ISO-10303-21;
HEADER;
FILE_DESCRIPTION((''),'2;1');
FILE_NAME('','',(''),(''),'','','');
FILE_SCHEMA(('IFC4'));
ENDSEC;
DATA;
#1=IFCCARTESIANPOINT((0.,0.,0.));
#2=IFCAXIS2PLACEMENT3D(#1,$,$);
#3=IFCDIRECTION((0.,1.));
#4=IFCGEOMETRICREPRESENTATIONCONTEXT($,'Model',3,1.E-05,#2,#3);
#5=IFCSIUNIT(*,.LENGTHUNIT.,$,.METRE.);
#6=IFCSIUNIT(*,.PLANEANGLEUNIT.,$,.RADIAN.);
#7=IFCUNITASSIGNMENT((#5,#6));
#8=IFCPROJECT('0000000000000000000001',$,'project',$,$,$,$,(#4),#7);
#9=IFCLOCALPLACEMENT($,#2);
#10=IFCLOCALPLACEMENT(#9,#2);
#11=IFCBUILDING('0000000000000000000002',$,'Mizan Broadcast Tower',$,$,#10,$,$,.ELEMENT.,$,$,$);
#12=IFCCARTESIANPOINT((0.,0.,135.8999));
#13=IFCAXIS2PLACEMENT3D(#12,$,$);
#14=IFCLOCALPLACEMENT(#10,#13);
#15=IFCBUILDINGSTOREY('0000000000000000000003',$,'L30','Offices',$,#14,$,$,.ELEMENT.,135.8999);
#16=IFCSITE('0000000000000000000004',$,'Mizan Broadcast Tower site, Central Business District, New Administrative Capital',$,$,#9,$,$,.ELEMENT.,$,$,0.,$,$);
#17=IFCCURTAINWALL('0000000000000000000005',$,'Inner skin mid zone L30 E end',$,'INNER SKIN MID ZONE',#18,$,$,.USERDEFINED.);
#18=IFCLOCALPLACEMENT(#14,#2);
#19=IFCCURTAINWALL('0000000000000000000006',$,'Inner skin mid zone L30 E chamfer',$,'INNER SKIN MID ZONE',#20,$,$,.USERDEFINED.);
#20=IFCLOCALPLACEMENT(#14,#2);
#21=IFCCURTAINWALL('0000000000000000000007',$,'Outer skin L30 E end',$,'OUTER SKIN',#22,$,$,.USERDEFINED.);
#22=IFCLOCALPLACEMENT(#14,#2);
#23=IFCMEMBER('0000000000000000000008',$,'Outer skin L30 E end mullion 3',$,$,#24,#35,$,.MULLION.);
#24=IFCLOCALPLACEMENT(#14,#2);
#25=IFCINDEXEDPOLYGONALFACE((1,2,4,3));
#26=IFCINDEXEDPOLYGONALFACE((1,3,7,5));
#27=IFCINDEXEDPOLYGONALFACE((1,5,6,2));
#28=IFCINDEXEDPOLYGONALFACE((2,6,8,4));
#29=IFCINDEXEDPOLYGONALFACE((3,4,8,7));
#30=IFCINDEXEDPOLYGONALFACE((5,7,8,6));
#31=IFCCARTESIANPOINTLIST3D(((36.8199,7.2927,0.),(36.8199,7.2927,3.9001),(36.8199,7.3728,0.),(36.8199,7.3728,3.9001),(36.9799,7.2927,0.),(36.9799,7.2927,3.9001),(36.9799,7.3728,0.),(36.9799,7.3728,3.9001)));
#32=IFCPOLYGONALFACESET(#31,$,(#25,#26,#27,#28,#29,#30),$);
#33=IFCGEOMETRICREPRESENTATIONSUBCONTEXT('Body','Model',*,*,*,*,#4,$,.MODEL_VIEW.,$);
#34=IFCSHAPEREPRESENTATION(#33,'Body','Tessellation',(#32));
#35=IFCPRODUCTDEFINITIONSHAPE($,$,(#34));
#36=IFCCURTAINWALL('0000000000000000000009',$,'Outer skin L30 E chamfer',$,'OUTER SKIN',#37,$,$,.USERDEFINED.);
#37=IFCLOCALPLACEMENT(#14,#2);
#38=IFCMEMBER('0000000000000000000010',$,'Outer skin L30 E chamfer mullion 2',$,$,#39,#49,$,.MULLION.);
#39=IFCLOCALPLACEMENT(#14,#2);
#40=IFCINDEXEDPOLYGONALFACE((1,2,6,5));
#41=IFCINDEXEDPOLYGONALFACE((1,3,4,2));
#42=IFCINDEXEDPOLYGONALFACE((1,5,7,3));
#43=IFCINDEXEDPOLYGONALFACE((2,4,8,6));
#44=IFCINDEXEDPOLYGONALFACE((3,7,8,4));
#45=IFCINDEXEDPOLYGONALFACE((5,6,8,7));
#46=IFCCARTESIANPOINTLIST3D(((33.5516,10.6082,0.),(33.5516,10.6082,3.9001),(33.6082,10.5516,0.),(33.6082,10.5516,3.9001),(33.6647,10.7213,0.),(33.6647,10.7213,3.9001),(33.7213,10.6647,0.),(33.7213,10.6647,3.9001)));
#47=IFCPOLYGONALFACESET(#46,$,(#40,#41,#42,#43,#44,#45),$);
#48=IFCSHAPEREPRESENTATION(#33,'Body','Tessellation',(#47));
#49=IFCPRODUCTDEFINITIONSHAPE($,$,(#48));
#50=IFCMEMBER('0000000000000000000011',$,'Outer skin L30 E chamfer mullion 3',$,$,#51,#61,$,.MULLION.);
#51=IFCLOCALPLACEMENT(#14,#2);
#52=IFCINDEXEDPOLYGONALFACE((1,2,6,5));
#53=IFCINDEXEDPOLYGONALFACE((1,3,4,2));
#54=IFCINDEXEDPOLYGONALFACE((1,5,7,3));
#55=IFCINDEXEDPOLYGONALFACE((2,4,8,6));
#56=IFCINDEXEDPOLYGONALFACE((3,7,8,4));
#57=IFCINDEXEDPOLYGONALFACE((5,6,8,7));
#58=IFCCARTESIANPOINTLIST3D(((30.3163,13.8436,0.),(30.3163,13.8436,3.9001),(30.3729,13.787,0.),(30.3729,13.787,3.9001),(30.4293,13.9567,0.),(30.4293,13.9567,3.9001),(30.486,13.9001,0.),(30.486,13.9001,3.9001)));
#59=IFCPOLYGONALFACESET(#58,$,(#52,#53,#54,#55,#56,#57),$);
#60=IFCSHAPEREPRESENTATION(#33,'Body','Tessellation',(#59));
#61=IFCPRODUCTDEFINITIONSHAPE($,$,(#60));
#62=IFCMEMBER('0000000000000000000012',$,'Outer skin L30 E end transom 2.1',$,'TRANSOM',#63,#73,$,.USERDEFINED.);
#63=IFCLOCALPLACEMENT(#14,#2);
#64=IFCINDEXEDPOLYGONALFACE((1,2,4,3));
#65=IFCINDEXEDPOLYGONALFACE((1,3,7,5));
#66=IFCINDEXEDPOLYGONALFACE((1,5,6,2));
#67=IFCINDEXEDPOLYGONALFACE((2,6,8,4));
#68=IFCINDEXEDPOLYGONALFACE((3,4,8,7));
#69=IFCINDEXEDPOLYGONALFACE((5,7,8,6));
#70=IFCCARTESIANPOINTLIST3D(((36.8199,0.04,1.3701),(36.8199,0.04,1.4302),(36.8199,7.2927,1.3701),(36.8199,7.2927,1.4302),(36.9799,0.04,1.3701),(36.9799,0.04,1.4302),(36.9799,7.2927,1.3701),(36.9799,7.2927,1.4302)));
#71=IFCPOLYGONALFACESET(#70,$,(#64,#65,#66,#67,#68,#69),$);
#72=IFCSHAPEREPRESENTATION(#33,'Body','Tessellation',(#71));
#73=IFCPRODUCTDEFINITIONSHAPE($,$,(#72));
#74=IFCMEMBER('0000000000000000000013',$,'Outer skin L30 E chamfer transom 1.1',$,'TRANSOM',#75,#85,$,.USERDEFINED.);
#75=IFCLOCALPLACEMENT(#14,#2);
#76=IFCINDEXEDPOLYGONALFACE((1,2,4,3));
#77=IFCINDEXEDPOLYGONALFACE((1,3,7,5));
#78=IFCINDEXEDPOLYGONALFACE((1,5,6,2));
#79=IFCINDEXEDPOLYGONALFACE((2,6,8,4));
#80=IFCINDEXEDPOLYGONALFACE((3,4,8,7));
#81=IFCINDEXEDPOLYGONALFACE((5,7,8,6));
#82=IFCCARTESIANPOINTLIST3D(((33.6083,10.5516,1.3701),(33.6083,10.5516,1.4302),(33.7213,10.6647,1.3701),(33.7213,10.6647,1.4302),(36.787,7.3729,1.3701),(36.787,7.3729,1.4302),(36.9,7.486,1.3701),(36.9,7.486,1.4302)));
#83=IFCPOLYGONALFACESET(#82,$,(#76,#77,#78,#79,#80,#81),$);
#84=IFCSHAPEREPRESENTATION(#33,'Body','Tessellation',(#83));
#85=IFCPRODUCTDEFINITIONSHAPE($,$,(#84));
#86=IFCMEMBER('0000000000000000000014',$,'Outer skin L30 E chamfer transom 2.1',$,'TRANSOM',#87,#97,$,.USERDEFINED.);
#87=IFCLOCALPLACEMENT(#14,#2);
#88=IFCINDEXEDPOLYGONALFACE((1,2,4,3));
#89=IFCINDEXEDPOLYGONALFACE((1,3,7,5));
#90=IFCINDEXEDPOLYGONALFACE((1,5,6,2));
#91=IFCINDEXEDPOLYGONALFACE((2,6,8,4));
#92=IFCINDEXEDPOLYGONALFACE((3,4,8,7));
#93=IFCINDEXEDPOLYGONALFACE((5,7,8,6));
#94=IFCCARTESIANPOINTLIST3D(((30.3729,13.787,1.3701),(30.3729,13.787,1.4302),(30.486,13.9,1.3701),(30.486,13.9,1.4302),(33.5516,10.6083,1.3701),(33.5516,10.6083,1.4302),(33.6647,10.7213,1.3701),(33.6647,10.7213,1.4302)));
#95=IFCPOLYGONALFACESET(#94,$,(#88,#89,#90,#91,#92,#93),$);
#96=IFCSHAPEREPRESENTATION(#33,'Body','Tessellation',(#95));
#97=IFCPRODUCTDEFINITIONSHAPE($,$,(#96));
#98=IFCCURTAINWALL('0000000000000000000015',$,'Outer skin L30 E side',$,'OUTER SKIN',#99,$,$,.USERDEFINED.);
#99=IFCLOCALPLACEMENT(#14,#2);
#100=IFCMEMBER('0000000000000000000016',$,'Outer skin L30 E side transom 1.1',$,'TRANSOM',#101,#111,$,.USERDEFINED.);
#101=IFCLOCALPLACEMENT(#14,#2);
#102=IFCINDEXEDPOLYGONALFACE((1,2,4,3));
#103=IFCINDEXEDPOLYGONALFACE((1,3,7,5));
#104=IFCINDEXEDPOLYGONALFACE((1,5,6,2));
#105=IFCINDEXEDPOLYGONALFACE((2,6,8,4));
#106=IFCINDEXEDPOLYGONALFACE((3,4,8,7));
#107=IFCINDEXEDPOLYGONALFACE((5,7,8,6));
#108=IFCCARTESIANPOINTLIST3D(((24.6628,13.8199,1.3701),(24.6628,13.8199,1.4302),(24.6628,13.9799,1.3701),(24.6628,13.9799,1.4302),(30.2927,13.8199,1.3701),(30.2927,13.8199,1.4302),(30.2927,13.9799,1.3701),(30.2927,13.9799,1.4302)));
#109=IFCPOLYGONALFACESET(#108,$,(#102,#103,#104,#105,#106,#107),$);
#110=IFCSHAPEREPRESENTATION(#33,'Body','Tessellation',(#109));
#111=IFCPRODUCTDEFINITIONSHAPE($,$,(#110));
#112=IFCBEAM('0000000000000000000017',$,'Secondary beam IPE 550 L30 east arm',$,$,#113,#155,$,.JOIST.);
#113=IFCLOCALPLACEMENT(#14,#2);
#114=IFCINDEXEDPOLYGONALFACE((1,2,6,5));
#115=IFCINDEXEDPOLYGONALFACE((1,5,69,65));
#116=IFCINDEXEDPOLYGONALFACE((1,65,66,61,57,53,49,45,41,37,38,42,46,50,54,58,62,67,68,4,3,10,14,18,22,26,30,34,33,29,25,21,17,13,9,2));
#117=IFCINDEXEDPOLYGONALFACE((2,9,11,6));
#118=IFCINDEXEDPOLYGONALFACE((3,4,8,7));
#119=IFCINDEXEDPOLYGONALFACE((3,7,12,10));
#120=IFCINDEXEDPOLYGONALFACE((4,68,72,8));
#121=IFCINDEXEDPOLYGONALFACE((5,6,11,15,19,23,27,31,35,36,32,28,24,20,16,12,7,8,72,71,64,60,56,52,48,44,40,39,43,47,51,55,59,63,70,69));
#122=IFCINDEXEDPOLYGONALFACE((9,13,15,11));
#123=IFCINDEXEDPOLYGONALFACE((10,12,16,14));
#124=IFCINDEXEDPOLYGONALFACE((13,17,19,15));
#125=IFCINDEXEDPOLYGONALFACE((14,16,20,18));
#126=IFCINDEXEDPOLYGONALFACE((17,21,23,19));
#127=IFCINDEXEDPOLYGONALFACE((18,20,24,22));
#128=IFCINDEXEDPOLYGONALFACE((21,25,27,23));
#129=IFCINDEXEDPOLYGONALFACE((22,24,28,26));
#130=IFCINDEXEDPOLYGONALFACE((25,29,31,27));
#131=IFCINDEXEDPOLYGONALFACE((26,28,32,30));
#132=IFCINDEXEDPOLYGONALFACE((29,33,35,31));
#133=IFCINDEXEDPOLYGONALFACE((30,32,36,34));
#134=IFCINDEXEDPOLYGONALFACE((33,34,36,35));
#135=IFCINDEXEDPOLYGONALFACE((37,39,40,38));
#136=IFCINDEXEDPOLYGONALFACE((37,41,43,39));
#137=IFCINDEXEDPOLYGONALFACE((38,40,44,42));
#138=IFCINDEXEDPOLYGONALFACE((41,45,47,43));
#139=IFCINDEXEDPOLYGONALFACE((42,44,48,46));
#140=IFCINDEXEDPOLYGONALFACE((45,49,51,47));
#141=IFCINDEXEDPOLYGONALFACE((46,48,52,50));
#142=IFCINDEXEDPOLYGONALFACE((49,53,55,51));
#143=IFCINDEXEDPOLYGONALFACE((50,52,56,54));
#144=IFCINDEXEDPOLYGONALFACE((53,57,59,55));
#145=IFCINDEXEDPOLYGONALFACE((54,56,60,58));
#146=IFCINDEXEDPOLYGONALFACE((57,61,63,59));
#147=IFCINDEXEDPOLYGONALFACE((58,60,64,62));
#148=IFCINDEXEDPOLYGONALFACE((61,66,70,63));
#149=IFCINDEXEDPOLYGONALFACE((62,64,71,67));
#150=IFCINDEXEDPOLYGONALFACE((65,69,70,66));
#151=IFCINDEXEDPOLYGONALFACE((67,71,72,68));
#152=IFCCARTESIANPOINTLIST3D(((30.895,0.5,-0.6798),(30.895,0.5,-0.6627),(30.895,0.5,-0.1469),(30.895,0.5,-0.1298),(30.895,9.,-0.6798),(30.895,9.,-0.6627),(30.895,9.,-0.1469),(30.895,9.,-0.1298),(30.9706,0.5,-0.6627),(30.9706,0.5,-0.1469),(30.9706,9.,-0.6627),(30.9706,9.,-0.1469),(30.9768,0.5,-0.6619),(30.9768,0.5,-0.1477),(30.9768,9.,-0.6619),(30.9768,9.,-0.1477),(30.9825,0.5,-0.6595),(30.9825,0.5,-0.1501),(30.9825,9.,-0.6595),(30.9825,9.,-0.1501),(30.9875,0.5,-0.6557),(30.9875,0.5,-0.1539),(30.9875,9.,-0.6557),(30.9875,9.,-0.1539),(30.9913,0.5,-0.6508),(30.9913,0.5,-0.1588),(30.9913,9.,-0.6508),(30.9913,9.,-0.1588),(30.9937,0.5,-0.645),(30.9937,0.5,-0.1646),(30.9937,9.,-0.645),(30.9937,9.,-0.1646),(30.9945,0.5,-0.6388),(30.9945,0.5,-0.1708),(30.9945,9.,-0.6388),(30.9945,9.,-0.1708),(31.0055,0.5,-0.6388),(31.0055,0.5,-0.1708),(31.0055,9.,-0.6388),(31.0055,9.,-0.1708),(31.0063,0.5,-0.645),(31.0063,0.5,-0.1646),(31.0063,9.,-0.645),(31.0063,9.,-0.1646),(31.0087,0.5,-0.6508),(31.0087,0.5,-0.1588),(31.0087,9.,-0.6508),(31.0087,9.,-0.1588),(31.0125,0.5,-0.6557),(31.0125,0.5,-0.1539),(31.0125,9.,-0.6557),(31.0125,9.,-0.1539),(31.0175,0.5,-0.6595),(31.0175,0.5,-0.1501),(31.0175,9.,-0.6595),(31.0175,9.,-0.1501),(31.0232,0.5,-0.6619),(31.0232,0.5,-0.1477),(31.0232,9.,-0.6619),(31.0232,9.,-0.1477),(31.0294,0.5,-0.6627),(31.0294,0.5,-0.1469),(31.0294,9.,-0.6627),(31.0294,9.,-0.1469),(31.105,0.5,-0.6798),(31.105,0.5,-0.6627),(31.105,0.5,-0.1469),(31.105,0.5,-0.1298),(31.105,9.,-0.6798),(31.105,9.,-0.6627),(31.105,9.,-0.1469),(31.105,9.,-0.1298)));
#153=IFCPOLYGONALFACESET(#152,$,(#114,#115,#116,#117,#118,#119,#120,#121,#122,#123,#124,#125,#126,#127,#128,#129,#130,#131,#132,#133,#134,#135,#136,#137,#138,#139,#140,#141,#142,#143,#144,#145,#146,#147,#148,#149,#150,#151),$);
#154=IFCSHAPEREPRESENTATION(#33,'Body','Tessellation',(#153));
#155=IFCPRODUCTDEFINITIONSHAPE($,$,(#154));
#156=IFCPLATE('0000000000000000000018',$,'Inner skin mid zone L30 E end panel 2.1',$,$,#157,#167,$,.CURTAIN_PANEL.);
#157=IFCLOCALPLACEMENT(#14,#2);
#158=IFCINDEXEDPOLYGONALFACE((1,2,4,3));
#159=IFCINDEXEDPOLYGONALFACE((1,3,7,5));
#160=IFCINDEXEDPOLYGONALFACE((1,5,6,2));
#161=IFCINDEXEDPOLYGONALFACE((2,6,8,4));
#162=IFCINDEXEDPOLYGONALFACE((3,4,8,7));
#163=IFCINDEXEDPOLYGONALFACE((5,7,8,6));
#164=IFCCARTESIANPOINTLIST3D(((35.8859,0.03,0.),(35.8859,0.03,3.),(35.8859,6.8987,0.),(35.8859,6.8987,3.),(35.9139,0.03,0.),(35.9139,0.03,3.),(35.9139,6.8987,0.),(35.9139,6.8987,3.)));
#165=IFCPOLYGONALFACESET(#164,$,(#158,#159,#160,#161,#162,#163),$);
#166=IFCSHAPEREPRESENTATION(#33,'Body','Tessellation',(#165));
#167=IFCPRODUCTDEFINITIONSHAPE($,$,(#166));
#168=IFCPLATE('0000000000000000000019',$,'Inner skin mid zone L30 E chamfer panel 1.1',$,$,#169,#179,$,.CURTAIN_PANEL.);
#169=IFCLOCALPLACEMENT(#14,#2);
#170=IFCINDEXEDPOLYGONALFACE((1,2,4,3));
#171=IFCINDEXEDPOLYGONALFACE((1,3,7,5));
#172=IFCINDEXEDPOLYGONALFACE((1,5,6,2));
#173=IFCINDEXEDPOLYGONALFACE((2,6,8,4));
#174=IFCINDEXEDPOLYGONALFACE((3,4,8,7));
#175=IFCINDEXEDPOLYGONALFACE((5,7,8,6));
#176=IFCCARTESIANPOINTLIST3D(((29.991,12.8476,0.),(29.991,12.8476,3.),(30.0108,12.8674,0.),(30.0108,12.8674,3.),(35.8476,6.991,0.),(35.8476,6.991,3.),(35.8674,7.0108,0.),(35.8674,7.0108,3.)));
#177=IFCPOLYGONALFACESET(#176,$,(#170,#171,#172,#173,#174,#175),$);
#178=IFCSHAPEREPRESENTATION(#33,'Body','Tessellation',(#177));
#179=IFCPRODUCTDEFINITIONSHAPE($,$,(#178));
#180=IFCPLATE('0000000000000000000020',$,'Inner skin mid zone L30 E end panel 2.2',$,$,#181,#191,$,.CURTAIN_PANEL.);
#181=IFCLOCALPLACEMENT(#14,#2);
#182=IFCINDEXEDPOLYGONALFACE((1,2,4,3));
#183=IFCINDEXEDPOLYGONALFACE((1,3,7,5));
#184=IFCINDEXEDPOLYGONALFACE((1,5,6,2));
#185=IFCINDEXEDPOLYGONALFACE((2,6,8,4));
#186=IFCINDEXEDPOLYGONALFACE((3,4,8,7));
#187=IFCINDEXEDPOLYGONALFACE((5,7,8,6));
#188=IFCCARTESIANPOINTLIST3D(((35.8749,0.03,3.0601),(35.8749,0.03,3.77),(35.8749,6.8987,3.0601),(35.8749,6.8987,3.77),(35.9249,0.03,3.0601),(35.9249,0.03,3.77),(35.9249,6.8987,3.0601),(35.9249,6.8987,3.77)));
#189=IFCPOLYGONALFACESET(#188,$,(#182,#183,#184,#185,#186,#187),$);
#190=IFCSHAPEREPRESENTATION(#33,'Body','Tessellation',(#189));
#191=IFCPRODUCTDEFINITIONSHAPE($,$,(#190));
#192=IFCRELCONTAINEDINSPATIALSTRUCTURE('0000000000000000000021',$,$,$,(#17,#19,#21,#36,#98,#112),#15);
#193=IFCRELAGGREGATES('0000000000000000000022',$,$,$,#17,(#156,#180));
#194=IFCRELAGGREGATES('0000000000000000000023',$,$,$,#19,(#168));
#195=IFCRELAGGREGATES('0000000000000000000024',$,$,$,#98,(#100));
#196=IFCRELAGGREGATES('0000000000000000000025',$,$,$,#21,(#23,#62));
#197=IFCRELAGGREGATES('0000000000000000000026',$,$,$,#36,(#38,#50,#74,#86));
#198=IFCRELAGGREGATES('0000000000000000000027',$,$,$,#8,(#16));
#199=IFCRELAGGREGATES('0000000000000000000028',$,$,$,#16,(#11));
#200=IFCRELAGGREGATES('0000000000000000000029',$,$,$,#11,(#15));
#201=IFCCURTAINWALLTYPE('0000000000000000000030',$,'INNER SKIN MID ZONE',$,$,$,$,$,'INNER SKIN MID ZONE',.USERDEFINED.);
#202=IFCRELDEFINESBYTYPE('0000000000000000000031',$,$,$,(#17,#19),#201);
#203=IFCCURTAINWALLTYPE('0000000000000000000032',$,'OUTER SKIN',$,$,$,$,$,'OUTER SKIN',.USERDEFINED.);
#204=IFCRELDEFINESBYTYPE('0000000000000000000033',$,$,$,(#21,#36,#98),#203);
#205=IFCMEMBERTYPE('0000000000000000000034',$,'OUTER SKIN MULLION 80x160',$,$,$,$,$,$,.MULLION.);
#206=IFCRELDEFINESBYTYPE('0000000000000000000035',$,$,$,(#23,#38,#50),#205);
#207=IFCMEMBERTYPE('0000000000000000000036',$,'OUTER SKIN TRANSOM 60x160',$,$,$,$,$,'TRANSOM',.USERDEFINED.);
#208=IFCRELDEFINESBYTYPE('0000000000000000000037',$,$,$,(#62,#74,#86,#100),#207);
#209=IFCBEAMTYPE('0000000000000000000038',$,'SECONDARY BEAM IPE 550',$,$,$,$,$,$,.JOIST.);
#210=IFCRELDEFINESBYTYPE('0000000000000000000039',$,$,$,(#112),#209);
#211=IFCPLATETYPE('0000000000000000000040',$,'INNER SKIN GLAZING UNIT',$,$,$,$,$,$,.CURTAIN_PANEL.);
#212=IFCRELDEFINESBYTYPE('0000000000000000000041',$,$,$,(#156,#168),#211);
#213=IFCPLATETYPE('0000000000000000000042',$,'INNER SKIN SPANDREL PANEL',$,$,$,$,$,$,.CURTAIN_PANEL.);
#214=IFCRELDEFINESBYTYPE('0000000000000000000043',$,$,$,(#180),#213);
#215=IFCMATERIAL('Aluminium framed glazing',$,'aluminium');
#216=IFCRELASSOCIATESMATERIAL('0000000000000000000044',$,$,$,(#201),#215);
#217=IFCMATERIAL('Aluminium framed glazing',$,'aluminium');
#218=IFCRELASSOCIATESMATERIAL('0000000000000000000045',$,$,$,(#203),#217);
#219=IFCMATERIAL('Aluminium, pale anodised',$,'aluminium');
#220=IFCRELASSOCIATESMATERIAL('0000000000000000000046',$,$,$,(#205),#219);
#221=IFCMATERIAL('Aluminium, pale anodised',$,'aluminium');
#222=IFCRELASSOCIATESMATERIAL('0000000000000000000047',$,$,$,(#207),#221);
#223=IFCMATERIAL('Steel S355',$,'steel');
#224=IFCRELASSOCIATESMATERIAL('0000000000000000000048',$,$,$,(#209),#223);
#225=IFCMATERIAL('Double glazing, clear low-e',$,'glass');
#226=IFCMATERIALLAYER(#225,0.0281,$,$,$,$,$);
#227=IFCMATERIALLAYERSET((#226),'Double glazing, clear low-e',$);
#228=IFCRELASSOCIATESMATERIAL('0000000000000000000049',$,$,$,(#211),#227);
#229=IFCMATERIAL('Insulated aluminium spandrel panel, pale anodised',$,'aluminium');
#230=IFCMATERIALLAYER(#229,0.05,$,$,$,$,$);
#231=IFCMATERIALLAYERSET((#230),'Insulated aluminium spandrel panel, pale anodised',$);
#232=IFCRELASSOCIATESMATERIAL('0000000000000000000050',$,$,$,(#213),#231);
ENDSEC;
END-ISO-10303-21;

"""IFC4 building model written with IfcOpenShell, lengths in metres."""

from ifc_helpers import new_model, si_unit, direction, frame, origin, origin_2d, place, context, subcontext, project, spatial, rectangle, i_section, extrude, material, layer, layer_set, material_profile, profile_set, type_object, element, aggregate, save


model = new_model("IFC4")

# Units and contexts
model_context = context("Model", 3, precision=1e-05, world=origin(), true_north=direction((0.0, 1.0)))
body_context = subcontext(model_context, "Body", "Model", "MODEL_VIEW")
ifc_project = project(units=[si_unit("LENGTHUNIT", "METRE"), si_unit("PLANEANGLEUNIT", "RADIAN")], contexts=[model_context])

# Site, building, storey
site_placement = place(None, origin())
site = spatial("IfcSite", under=ifc_project, at=site_placement, Name="Mizan Broadcast Tower site, Central Business District, New Administrative Capital", CompositionType="ELEMENT", RefElevation=0.0)
building_placement = place(site_placement, origin())
building = spatial("IfcBuilding", under=site, at=building_placement, Name="Mizan Broadcast Tower", CompositionType="ELEMENT")
storey_placement = place(building_placement, frame((0.0, 0.0, 135.8999)))
storey = spatial("IfcBuildingStorey", under=building, at=storey_placement, Name="L30", Description="Offices", CompositionType="ELEMENT", Elevation=135.8999)

# Curtain wall
ifc_material_1 = material(Name="Aluminium framed glazing", Category="aluminium")
curtain_wall_type_1 = type_object("IfcCurtainWallType", Name="INNER SKIN MID ZONE", ElementType="INNER SKIN MID ZONE", PredefinedType="USERDEFINED", material=ifc_material_1)
curtain_wall_1_placement = place(storey_placement, origin())
curtain_wall_1 = element("IfcCurtainWall", 1, at=curtain_wall_1_placement, inside=storey, type_object=curtain_wall_type_1, Name="Inner skin mid zone L30 E end", ObjectType="INNER SKIN MID ZONE", PredefinedType="USERDEFINED")

# Curtain wall
curtain_wall_2_placement = place(storey_placement, origin())
curtain_wall_2 = element("IfcCurtainWall", 2, at=curtain_wall_2_placement, inside=storey, type_object=curtain_wall_type_1, Name="Inner skin mid zone L30 E chamfer", ObjectType="INNER SKIN MID ZONE", PredefinedType="USERDEFINED")

# Curtain walls, members
ifc_material_2 = material(Name="Aluminium framed glazing", Category="aluminium")
curtain_wall_type_2 = type_object("IfcCurtainWallType", Name="OUTER SKIN", ElementType="OUTER SKIN", PredefinedType="USERDEFINED", material=ifc_material_2)
curtain_wall_3_placement = place(storey_placement, origin())
curtain_wall_3 = element("IfcCurtainWall", 3, at=curtain_wall_3_placement, inside=storey, type_object=curtain_wall_type_2, Name="Outer skin L30 E end", ObjectType="OUTER SKIN", PredefinedType="USERDEFINED")
ifc_material_3 = material(Name="Aluminium, pale anodised", Category="aluminium")
ifc_material_profile_1 = material_profile(ifc_material_3, rectangle(XDim=0.1599, YDim=0.0801, at=origin_2d()), Name="MULLION 160x80")
ifc_profile_set_1 = profile_set([ifc_material_profile_1], Name="Aluminium, pale anodised")
member_type_1 = type_object("IfcMemberType", Name="OUTER SKIN MULLION 80x160", PredefinedType="MULLION", material=ifc_profile_set_1)
member_1_placement = place(storey_placement, frame((36.8999, 7.3328, 0.0), z_axis=(0.0, 0.0, 1.0), x_axis=(-1.0, 0.0, 0.0)))
member_1 = element("IfcMember", 4, at=member_1_placement, type_object=member_type_1, Name="Outer skin L30 E end mullion 3", PredefinedType="MULLION", context=body_context, shape_type="SweptSolid", body=[
    extrude(rectangle(XDim=0.1599, YDim=0.0801, at=origin_2d()), origin(), (0.0, 0.0, 1.0), 3.9001),
])
curtain_wall_4_placement = place(storey_placement, origin())
curtain_wall_4 = element("IfcCurtainWall", 5, at=curtain_wall_4_placement, inside=storey, type_object=curtain_wall_type_2, Name="Outer skin L30 E chamfer", ObjectType="OUTER SKIN", PredefinedType="USERDEFINED")
member_2_placement = place(storey_placement, frame((33.6365, 10.6365, 0.0), z_axis=(0.0, 0.0, 1.0), x_axis=(-0.707107, -0.707107, 0.0)))
member_2 = element("IfcMember", 6, at=member_2_placement, type_object=member_type_1, Name="Outer skin L30 E chamfer mullion 2", PredefinedType="MULLION", context=body_context, shape_type="SweptSolid", body=[
    extrude(rectangle(XDim=0.1599, YDim=0.0801, at=origin_2d()), origin(), (0.0, 0.0, 1.0), 3.9001),
])
member_3_placement = place(storey_placement, frame((30.4011, 13.8718, 0.0), z_axis=(0.0, 0.0, 1.0), x_axis=(-0.707107, -0.707107, 0.0)))
member_3 = element("IfcMember", 7, at=member_3_placement, type_object=member_type_1, Name="Outer skin L30 E chamfer mullion 3", PredefinedType="MULLION", context=body_context, shape_type="SweptSolid", body=[
    extrude(rectangle(XDim=0.1599, YDim=0.0801, at=origin_2d()), origin(), (0.0, 0.0, 1.0), 3.9001),
])

# Members
ifc_material_4 = material(Name="Aluminium, pale anodised", Category="aluminium")
ifc_material_profile_2 = material_profile(ifc_material_4, rectangle(XDim=0.1599, YDim=0.0601, at=origin_2d()), Name="TRANSOM 160x60")
ifc_profile_set_2 = profile_set([ifc_material_profile_2], Name="Aluminium, pale anodised")
member_type_2 = type_object("IfcMemberType", Name="OUTER SKIN TRANSOM 60x160", ElementType="TRANSOM", PredefinedType="USERDEFINED", material=ifc_profile_set_2)
member_4_placement = place(storey_placement, frame((36.8999, 0.04, 1.4001), z_axis=(0.0, 1.0, 0.0), x_axis=(-1.0, 0.0, 0.0)))
member_4 = element("IfcMember", 8, at=member_4_placement, type_object=member_type_2, Name="Outer skin L30 E end transom 2.1", ObjectType="TRANSOM", PredefinedType="USERDEFINED", context=body_context, shape_type="SweptSolid", body=[
    extrude(rectangle(XDim=0.1599, YDim=0.0601, at=origin_2d()), origin(), (0.0, 0.0, 1.0), 7.2527),
])
member_5_placement = place(storey_placement, frame((36.8435, 7.4294, 1.4001), z_axis=(-0.707107, 0.707107, 0.0), x_axis=(-0.707107, -0.707107, 0.0)))
member_5 = element("IfcMember", 9, at=member_5_placement, type_object=member_type_2, Name="Outer skin L30 E chamfer transom 1.1", ObjectType="TRANSOM", PredefinedType="USERDEFINED", context=body_context, shape_type="SweptSolid", body=[
    extrude(rectangle(XDim=0.1599, YDim=0.0601, at=origin_2d()), origin(), (0.0, 0.0, 1.0), 4.4954),
])
member_6_placement = place(storey_placement, frame((33.6082, 10.6648, 1.4001), z_axis=(-0.707107, 0.707107, 0.0), x_axis=(-0.707107, -0.707107, 0.0)))
member_6 = element("IfcMember", 10, at=member_6_placement, type_object=member_type_2, Name="Outer skin L30 E chamfer transom 2.1", ObjectType="TRANSOM", PredefinedType="USERDEFINED", context=body_context, shape_type="SweptSolid", body=[
    extrude(rectangle(XDim=0.1599, YDim=0.0601, at=origin_2d()), origin(), (0.0, 0.0, 1.0), 4.4954),
])

# Curtain wall, member
curtain_wall_5_placement = place(storey_placement, origin())
curtain_wall_5 = element("IfcCurtainWall", 11, at=curtain_wall_5_placement, inside=storey, type_object=curtain_wall_type_2, Name="Outer skin L30 E side", ObjectType="OUTER SKIN", PredefinedType="USERDEFINED")
member_7_placement = place(storey_placement, frame((30.2927, 13.8999, 1.4001), z_axis=(-1.0, 0.0, 0.0), x_axis=(0.0, -1.0, 0.0)))
member_7 = element("IfcMember", 12, at=member_7_placement, type_object=member_type_2, Name="Outer skin L30 E side transom 1.1", ObjectType="TRANSOM", PredefinedType="USERDEFINED", context=body_context, shape_type="SweptSolid", body=[
    extrude(rectangle(XDim=0.1599, YDim=0.0601, at=origin_2d()), origin(), (0.0, 0.0, 1.0), 5.6299),
])

# Beam
ifc_material_5 = material(Name="Steel S355", Category="steel")
ifc_material_profile_3 = material_profile(ifc_material_5, i_section(OverallWidth=0.21, OverallDepth=0.55, WebThickness=0.011, FlangeThickness=0.0171, FilletRadius=0.0239, at=origin_2d()), Name="IPE 550")
ifc_profile_set_3 = profile_set([ifc_material_profile_3], Name="Steel S355")
beam_type_1 = type_object("IfcBeamType", Name="SECONDARY BEAM IPE 550", PredefinedType="JOIST", material=ifc_profile_set_3)
beam_1_placement = place(storey_placement, frame((31.0, 9.0, -0.4048), z_axis=(0.0, -1.0, 0.0), x_axis=(1.0, 0.0, 0.0)))
element("IfcBeam", 13, at=beam_1_placement, inside=storey, type_object=beam_type_1, Name="Secondary beam IPE 550 L30 east arm", PredefinedType="JOIST", context=body_context, shape_type="SweptSolid", body=[
    extrude(i_section(OverallWidth=0.21, OverallDepth=0.55, WebThickness=0.011, FlangeThickness=0.0171, FilletRadius=0.0239, at=origin_2d()), origin(), (0.0, 0.0, 1.0), 8.5),
])

# Plates
ifc_material_6 = material(Name="Double glazing, clear low-e", Category="glass")
ifc_layer_1 = layer(ifc_material_6, 0.0281)
ifc_layer_set_1 = layer_set([ifc_layer_1], Name="Double glazing, clear low-e")
plate_type_1 = type_object("IfcPlateType", Name="INNER SKIN GLAZING UNIT", PredefinedType="CURTAIN_PANEL", material=ifc_layer_set_1)
plate_1_placement = place(storey_placement, frame((35.8999, 3.4644, 0.0), z_axis=(0.0, 0.0, 1.0), x_axis=(0.0, 1.0, 0.0)))
plate_1 = element("IfcPlate", 14, at=plate_1_placement, type_object=plate_type_1, Name="Inner skin mid zone L30 E end panel 2.1", PredefinedType="CURTAIN_PANEL", context=body_context, shape_type="SweptSolid", body=[
    extrude(rectangle(XDim=6.8687, YDim=0.0281, at=origin_2d()), origin(), (0.0, 0.0, 1.0), 3.0),
])
plate_2_placement = place(storey_placement, frame((32.9292, 9.9292, 0.0), z_axis=(0.0, 0.0, 1.0), x_axis=(-0.707107, 0.707107, 0.0)))
plate_2 = element("IfcPlate", 15, at=plate_2_placement, type_object=plate_type_1, Name="Inner skin mid zone L30 E chamfer panel 1.1", PredefinedType="CURTAIN_PANEL", context=body_context, shape_type="SweptSolid", body=[
    extrude(rectangle(XDim=8.2825, YDim=0.0281, at=origin_2d()), origin(), (0.0, 0.0, 1.0), 3.0),
])
ifc_material_7 = material(Name="Insulated aluminium spandrel panel, pale anodised", Category="aluminium")
ifc_layer_2 = layer(ifc_material_7, 0.05)
ifc_layer_set_2 = layer_set([ifc_layer_2], Name="Insulated aluminium spandrel panel, pale anodised")
plate_type_2 = type_object("IfcPlateType", Name="INNER SKIN SPANDREL PANEL", PredefinedType="CURTAIN_PANEL", material=ifc_layer_set_2)
plate_3_placement = place(storey_placement, frame((35.8999, 3.4644, 3.0601), z_axis=(0.0, 0.0, 1.0), x_axis=(0.0, 1.0, 0.0)))
plate_3 = element("IfcPlate", 16, at=plate_3_placement, type_object=plate_type_2, Name="Inner skin mid zone L30 E end panel 2.2", PredefinedType="CURTAIN_PANEL", context=body_context, shape_type="SweptSolid", body=[
    extrude(rectangle(XDim=6.8687, YDim=0.05, at=origin_2d()), origin(), (0.0, 0.0, 1.0), 0.71),
])
aggregate(curtain_wall_1, [plate_1, plate_3])
aggregate(curtain_wall_2, [plate_2])
aggregate(curtain_wall_5, [member_7])
aggregate(curtain_wall_3, [member_1, member_4])
aggregate(curtain_wall_4, [member_2, member_3, member_5, member_6])

save(model, "model.ifc")
